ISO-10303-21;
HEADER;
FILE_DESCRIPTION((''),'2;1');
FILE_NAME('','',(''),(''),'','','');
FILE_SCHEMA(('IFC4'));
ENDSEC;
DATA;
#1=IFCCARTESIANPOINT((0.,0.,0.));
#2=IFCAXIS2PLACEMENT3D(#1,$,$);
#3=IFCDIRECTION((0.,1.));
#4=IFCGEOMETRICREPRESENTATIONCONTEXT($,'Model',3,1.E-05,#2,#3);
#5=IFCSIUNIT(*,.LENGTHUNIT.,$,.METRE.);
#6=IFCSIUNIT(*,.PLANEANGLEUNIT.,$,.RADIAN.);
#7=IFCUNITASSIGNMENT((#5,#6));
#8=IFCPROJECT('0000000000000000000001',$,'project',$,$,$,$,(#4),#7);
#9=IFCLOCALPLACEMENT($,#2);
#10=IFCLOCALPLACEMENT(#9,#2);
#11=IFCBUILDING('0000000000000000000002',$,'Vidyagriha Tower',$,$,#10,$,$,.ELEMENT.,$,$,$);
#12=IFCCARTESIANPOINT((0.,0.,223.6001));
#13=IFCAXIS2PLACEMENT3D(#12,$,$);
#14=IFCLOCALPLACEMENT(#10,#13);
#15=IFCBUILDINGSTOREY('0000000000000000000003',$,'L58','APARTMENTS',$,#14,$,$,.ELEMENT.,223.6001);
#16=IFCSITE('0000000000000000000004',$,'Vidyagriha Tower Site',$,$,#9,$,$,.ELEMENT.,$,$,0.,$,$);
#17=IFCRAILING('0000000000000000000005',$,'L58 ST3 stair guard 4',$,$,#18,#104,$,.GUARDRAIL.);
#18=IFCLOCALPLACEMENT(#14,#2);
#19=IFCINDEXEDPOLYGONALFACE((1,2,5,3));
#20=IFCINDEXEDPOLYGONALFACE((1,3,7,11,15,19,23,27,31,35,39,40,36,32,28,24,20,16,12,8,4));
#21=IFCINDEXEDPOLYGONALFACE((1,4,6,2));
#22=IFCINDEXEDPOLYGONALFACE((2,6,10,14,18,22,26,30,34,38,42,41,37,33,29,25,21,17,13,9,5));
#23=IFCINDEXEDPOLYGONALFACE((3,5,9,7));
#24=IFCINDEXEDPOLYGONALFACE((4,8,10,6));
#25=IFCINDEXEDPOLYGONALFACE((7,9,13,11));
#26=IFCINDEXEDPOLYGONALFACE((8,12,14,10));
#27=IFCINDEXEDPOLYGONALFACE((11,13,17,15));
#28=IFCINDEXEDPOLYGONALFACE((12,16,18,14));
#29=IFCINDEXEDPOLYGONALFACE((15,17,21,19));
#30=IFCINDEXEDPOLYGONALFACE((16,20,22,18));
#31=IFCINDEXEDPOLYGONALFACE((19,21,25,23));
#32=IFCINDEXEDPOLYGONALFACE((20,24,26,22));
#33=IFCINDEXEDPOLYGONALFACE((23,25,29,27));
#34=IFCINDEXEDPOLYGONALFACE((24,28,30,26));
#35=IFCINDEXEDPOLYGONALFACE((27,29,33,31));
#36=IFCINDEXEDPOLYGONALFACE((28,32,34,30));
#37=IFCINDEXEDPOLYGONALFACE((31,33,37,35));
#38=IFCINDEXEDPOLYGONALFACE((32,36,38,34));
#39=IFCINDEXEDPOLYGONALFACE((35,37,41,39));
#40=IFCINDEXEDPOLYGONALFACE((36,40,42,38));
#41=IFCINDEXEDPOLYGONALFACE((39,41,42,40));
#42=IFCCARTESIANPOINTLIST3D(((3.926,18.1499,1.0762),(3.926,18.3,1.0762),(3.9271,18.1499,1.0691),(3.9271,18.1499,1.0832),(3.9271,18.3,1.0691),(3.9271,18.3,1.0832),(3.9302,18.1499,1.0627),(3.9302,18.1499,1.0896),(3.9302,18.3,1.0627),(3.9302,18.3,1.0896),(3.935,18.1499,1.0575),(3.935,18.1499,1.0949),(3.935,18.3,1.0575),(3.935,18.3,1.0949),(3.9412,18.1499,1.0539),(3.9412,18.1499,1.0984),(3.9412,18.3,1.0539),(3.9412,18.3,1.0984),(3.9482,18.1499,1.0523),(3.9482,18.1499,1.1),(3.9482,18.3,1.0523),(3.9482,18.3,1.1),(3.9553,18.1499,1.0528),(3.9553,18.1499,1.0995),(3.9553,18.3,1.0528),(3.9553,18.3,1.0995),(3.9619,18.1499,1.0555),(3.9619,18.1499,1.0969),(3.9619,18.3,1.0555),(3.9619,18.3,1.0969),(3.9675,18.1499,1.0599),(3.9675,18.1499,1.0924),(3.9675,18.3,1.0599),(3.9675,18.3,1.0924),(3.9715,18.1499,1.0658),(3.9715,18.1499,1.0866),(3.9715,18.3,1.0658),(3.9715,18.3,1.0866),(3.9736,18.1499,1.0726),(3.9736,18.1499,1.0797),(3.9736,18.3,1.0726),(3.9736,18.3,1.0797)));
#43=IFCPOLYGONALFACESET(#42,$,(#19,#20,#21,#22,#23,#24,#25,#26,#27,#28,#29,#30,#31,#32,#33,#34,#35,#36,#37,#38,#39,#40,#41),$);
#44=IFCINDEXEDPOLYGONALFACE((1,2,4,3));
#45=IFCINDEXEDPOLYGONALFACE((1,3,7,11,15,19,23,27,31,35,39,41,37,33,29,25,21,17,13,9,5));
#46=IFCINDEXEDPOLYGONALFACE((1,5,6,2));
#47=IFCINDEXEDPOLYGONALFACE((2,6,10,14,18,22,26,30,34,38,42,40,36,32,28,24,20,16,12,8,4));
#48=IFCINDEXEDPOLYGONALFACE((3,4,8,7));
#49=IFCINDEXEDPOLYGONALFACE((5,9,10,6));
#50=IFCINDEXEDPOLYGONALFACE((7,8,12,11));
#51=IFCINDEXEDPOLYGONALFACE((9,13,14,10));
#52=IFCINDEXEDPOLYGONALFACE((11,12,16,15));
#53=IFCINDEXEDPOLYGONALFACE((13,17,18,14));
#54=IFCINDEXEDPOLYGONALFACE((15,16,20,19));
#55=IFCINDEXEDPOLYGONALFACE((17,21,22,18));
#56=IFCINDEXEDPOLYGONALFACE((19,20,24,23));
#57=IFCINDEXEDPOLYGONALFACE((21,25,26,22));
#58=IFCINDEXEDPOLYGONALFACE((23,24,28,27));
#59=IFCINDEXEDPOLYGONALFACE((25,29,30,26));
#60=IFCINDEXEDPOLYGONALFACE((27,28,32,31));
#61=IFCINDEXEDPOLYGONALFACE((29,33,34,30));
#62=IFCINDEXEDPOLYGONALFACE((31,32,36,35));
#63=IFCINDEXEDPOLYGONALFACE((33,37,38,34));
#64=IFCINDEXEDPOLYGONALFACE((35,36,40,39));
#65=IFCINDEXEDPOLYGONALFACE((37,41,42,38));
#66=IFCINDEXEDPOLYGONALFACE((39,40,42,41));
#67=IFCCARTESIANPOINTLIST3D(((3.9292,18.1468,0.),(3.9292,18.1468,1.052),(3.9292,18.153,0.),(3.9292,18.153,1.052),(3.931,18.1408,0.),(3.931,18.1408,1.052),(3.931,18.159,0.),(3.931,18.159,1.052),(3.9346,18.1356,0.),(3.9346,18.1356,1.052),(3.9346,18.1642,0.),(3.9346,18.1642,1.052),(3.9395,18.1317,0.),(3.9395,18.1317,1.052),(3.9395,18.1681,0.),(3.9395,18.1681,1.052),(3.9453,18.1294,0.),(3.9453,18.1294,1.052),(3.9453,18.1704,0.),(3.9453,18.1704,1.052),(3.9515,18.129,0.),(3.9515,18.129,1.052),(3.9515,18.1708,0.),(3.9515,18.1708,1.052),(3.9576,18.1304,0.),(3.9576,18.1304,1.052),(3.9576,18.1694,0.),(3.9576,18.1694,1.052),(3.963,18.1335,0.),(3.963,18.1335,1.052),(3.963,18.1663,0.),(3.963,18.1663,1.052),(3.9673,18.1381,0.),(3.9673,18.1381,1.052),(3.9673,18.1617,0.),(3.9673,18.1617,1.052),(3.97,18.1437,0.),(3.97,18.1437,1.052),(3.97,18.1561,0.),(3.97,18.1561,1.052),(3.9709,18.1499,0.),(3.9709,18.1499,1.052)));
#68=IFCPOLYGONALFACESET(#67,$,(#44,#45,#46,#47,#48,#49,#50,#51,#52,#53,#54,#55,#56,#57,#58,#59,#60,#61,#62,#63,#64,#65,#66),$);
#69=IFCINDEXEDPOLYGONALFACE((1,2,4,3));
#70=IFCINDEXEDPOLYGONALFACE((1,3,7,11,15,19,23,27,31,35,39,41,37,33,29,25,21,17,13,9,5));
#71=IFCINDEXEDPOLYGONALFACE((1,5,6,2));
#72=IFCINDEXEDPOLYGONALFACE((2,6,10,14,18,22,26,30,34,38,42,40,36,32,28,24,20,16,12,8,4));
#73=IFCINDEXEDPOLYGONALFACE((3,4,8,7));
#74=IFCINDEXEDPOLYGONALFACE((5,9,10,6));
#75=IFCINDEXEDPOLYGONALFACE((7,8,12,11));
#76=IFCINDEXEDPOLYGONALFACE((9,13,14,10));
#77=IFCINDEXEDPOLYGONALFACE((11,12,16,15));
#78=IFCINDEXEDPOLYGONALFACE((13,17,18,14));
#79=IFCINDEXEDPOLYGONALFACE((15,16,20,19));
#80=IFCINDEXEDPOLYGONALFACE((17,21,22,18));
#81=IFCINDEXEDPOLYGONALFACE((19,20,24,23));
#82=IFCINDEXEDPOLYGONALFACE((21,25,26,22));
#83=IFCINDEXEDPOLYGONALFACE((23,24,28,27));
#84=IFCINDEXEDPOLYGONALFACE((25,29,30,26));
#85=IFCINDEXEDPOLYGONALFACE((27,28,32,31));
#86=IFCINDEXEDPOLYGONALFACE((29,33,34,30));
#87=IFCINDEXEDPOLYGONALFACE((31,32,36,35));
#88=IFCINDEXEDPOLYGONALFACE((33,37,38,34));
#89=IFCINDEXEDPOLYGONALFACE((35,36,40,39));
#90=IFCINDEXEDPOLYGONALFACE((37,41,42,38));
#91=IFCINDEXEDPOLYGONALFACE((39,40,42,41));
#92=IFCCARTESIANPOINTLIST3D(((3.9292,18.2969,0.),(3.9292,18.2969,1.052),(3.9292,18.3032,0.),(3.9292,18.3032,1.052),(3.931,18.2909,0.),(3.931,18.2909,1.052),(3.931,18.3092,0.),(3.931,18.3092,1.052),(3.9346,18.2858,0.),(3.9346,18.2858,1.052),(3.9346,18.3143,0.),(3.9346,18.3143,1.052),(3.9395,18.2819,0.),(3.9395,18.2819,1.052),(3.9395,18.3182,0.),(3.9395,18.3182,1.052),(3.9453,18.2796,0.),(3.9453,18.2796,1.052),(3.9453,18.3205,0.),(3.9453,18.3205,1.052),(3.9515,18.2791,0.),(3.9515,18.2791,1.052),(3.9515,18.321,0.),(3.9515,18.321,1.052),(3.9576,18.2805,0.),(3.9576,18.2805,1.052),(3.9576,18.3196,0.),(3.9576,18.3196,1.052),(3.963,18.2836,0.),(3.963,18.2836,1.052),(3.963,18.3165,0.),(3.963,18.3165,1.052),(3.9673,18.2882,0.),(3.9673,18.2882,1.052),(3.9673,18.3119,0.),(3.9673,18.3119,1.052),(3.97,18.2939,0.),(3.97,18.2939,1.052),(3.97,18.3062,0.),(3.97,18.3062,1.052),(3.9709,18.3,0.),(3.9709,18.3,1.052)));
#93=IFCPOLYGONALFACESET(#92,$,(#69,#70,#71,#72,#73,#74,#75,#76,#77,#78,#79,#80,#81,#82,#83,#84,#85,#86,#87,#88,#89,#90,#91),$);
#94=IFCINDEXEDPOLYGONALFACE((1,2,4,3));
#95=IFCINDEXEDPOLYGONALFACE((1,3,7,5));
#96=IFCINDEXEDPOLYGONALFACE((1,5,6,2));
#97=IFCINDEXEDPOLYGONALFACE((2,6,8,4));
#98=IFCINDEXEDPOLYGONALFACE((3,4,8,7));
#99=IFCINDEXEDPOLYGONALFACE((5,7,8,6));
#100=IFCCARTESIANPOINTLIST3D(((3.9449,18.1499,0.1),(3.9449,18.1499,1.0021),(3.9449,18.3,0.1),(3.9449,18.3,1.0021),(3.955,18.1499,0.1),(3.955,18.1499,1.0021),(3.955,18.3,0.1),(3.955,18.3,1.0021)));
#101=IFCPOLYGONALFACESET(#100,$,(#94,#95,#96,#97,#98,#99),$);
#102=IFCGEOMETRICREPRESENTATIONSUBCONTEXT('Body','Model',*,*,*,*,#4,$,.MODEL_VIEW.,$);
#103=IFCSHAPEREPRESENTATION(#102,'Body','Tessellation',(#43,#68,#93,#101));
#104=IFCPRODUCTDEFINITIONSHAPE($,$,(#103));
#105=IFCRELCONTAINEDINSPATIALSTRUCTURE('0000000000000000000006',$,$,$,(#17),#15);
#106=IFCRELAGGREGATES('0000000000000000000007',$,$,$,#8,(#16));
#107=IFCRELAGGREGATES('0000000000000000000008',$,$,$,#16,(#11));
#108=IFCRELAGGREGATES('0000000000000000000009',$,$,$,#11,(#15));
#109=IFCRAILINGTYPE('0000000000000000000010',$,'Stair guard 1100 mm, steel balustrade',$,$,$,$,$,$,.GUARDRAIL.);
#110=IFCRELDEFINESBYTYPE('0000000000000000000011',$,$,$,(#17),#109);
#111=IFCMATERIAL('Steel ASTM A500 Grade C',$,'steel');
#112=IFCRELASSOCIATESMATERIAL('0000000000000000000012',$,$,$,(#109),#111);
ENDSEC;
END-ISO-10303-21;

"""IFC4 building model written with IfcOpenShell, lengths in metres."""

from ifc_helpers import new_model, si_unit, direction, frame, origin, origin_2d, place, context, subcontext, project, spatial, rectangle, circle, extrude, material, type_object, element, save


model = new_model("IFC4")

# Units and contexts
model_context = context("Model", 3, precision=1e-05, world=origin(), true_north=direction((0.0, 1.0)))
body_context = subcontext(model_context, "Body", "Model", "MODEL_VIEW")
ifc_project = project(units=[si_unit("LENGTHUNIT", "METRE"), si_unit("PLANEANGLEUNIT", "RADIAN")], contexts=[model_context])

# Site, building, storey
site_placement = place(None, origin())
site = spatial("IfcSite", under=ifc_project, at=site_placement, Name="Vidyagriha Tower Site", CompositionType="ELEMENT", RefElevation=0.0)
building_placement = place(site_placement, origin())
building = spatial("IfcBuilding", under=site, at=building_placement, Name="Vidyagriha Tower", CompositionType="ELEMENT")
storey_placement = place(building_placement, frame((0.0, 0.0, 223.6001)))
storey = spatial("IfcBuildingStorey", under=building, at=storey_placement, Name="L58", Description="APARTMENTS", CompositionType="ELEMENT", Elevation=223.6001)

# Railing
ifc_material_1 = material(Name="Steel ASTM A500 Grade C", Category="steel")
railing_type_1 = type_object("IfcRailingType", Name="Stair guard 1100 mm, steel balustrade", PredefinedType="GUARDRAIL", material=ifc_material_1)
railing_1_placement = place(storey_placement, frame((3.95, 18.1499, 0.0)))
element("IfcRailing", 1, at=railing_1_placement, inside=storey, type_object=railing_type_1, Name="L58 ST3 stair guard 4", PredefinedType="GUARDRAIL", context=body_context, shape_type="SweptSolid", body=[
    extrude(circle(Radius=0.0239, at=origin_2d()), frame((0.0, 0.0, 1.0762), z_axis=(0.0, 1.0, 0.0), x_axis=(-1.0, 0.0, 0.0)), (0.0, 0.0, 1.0), 0.1501),
    extrude(circle(Radius=0.021, at=origin_2d()), origin(), (0.0, 0.0, 1.0), 1.052),
    extrude(circle(Radius=0.021, at=origin_2d()), frame((0.0, 0.1501, 0.0)), (0.0, 0.0, 1.0), 1.052),
    extrude(rectangle(XDim=0.01, YDim=0.9021, at=origin_2d()), frame((0.0, 0.0, 0.551), z_axis=(0.0, 1.0, 0.0), x_axis=(-1.0, 0.0, 0.0)), (0.0, 0.0, 1.0), 0.1501),
])

save(model, "model.ifc")
